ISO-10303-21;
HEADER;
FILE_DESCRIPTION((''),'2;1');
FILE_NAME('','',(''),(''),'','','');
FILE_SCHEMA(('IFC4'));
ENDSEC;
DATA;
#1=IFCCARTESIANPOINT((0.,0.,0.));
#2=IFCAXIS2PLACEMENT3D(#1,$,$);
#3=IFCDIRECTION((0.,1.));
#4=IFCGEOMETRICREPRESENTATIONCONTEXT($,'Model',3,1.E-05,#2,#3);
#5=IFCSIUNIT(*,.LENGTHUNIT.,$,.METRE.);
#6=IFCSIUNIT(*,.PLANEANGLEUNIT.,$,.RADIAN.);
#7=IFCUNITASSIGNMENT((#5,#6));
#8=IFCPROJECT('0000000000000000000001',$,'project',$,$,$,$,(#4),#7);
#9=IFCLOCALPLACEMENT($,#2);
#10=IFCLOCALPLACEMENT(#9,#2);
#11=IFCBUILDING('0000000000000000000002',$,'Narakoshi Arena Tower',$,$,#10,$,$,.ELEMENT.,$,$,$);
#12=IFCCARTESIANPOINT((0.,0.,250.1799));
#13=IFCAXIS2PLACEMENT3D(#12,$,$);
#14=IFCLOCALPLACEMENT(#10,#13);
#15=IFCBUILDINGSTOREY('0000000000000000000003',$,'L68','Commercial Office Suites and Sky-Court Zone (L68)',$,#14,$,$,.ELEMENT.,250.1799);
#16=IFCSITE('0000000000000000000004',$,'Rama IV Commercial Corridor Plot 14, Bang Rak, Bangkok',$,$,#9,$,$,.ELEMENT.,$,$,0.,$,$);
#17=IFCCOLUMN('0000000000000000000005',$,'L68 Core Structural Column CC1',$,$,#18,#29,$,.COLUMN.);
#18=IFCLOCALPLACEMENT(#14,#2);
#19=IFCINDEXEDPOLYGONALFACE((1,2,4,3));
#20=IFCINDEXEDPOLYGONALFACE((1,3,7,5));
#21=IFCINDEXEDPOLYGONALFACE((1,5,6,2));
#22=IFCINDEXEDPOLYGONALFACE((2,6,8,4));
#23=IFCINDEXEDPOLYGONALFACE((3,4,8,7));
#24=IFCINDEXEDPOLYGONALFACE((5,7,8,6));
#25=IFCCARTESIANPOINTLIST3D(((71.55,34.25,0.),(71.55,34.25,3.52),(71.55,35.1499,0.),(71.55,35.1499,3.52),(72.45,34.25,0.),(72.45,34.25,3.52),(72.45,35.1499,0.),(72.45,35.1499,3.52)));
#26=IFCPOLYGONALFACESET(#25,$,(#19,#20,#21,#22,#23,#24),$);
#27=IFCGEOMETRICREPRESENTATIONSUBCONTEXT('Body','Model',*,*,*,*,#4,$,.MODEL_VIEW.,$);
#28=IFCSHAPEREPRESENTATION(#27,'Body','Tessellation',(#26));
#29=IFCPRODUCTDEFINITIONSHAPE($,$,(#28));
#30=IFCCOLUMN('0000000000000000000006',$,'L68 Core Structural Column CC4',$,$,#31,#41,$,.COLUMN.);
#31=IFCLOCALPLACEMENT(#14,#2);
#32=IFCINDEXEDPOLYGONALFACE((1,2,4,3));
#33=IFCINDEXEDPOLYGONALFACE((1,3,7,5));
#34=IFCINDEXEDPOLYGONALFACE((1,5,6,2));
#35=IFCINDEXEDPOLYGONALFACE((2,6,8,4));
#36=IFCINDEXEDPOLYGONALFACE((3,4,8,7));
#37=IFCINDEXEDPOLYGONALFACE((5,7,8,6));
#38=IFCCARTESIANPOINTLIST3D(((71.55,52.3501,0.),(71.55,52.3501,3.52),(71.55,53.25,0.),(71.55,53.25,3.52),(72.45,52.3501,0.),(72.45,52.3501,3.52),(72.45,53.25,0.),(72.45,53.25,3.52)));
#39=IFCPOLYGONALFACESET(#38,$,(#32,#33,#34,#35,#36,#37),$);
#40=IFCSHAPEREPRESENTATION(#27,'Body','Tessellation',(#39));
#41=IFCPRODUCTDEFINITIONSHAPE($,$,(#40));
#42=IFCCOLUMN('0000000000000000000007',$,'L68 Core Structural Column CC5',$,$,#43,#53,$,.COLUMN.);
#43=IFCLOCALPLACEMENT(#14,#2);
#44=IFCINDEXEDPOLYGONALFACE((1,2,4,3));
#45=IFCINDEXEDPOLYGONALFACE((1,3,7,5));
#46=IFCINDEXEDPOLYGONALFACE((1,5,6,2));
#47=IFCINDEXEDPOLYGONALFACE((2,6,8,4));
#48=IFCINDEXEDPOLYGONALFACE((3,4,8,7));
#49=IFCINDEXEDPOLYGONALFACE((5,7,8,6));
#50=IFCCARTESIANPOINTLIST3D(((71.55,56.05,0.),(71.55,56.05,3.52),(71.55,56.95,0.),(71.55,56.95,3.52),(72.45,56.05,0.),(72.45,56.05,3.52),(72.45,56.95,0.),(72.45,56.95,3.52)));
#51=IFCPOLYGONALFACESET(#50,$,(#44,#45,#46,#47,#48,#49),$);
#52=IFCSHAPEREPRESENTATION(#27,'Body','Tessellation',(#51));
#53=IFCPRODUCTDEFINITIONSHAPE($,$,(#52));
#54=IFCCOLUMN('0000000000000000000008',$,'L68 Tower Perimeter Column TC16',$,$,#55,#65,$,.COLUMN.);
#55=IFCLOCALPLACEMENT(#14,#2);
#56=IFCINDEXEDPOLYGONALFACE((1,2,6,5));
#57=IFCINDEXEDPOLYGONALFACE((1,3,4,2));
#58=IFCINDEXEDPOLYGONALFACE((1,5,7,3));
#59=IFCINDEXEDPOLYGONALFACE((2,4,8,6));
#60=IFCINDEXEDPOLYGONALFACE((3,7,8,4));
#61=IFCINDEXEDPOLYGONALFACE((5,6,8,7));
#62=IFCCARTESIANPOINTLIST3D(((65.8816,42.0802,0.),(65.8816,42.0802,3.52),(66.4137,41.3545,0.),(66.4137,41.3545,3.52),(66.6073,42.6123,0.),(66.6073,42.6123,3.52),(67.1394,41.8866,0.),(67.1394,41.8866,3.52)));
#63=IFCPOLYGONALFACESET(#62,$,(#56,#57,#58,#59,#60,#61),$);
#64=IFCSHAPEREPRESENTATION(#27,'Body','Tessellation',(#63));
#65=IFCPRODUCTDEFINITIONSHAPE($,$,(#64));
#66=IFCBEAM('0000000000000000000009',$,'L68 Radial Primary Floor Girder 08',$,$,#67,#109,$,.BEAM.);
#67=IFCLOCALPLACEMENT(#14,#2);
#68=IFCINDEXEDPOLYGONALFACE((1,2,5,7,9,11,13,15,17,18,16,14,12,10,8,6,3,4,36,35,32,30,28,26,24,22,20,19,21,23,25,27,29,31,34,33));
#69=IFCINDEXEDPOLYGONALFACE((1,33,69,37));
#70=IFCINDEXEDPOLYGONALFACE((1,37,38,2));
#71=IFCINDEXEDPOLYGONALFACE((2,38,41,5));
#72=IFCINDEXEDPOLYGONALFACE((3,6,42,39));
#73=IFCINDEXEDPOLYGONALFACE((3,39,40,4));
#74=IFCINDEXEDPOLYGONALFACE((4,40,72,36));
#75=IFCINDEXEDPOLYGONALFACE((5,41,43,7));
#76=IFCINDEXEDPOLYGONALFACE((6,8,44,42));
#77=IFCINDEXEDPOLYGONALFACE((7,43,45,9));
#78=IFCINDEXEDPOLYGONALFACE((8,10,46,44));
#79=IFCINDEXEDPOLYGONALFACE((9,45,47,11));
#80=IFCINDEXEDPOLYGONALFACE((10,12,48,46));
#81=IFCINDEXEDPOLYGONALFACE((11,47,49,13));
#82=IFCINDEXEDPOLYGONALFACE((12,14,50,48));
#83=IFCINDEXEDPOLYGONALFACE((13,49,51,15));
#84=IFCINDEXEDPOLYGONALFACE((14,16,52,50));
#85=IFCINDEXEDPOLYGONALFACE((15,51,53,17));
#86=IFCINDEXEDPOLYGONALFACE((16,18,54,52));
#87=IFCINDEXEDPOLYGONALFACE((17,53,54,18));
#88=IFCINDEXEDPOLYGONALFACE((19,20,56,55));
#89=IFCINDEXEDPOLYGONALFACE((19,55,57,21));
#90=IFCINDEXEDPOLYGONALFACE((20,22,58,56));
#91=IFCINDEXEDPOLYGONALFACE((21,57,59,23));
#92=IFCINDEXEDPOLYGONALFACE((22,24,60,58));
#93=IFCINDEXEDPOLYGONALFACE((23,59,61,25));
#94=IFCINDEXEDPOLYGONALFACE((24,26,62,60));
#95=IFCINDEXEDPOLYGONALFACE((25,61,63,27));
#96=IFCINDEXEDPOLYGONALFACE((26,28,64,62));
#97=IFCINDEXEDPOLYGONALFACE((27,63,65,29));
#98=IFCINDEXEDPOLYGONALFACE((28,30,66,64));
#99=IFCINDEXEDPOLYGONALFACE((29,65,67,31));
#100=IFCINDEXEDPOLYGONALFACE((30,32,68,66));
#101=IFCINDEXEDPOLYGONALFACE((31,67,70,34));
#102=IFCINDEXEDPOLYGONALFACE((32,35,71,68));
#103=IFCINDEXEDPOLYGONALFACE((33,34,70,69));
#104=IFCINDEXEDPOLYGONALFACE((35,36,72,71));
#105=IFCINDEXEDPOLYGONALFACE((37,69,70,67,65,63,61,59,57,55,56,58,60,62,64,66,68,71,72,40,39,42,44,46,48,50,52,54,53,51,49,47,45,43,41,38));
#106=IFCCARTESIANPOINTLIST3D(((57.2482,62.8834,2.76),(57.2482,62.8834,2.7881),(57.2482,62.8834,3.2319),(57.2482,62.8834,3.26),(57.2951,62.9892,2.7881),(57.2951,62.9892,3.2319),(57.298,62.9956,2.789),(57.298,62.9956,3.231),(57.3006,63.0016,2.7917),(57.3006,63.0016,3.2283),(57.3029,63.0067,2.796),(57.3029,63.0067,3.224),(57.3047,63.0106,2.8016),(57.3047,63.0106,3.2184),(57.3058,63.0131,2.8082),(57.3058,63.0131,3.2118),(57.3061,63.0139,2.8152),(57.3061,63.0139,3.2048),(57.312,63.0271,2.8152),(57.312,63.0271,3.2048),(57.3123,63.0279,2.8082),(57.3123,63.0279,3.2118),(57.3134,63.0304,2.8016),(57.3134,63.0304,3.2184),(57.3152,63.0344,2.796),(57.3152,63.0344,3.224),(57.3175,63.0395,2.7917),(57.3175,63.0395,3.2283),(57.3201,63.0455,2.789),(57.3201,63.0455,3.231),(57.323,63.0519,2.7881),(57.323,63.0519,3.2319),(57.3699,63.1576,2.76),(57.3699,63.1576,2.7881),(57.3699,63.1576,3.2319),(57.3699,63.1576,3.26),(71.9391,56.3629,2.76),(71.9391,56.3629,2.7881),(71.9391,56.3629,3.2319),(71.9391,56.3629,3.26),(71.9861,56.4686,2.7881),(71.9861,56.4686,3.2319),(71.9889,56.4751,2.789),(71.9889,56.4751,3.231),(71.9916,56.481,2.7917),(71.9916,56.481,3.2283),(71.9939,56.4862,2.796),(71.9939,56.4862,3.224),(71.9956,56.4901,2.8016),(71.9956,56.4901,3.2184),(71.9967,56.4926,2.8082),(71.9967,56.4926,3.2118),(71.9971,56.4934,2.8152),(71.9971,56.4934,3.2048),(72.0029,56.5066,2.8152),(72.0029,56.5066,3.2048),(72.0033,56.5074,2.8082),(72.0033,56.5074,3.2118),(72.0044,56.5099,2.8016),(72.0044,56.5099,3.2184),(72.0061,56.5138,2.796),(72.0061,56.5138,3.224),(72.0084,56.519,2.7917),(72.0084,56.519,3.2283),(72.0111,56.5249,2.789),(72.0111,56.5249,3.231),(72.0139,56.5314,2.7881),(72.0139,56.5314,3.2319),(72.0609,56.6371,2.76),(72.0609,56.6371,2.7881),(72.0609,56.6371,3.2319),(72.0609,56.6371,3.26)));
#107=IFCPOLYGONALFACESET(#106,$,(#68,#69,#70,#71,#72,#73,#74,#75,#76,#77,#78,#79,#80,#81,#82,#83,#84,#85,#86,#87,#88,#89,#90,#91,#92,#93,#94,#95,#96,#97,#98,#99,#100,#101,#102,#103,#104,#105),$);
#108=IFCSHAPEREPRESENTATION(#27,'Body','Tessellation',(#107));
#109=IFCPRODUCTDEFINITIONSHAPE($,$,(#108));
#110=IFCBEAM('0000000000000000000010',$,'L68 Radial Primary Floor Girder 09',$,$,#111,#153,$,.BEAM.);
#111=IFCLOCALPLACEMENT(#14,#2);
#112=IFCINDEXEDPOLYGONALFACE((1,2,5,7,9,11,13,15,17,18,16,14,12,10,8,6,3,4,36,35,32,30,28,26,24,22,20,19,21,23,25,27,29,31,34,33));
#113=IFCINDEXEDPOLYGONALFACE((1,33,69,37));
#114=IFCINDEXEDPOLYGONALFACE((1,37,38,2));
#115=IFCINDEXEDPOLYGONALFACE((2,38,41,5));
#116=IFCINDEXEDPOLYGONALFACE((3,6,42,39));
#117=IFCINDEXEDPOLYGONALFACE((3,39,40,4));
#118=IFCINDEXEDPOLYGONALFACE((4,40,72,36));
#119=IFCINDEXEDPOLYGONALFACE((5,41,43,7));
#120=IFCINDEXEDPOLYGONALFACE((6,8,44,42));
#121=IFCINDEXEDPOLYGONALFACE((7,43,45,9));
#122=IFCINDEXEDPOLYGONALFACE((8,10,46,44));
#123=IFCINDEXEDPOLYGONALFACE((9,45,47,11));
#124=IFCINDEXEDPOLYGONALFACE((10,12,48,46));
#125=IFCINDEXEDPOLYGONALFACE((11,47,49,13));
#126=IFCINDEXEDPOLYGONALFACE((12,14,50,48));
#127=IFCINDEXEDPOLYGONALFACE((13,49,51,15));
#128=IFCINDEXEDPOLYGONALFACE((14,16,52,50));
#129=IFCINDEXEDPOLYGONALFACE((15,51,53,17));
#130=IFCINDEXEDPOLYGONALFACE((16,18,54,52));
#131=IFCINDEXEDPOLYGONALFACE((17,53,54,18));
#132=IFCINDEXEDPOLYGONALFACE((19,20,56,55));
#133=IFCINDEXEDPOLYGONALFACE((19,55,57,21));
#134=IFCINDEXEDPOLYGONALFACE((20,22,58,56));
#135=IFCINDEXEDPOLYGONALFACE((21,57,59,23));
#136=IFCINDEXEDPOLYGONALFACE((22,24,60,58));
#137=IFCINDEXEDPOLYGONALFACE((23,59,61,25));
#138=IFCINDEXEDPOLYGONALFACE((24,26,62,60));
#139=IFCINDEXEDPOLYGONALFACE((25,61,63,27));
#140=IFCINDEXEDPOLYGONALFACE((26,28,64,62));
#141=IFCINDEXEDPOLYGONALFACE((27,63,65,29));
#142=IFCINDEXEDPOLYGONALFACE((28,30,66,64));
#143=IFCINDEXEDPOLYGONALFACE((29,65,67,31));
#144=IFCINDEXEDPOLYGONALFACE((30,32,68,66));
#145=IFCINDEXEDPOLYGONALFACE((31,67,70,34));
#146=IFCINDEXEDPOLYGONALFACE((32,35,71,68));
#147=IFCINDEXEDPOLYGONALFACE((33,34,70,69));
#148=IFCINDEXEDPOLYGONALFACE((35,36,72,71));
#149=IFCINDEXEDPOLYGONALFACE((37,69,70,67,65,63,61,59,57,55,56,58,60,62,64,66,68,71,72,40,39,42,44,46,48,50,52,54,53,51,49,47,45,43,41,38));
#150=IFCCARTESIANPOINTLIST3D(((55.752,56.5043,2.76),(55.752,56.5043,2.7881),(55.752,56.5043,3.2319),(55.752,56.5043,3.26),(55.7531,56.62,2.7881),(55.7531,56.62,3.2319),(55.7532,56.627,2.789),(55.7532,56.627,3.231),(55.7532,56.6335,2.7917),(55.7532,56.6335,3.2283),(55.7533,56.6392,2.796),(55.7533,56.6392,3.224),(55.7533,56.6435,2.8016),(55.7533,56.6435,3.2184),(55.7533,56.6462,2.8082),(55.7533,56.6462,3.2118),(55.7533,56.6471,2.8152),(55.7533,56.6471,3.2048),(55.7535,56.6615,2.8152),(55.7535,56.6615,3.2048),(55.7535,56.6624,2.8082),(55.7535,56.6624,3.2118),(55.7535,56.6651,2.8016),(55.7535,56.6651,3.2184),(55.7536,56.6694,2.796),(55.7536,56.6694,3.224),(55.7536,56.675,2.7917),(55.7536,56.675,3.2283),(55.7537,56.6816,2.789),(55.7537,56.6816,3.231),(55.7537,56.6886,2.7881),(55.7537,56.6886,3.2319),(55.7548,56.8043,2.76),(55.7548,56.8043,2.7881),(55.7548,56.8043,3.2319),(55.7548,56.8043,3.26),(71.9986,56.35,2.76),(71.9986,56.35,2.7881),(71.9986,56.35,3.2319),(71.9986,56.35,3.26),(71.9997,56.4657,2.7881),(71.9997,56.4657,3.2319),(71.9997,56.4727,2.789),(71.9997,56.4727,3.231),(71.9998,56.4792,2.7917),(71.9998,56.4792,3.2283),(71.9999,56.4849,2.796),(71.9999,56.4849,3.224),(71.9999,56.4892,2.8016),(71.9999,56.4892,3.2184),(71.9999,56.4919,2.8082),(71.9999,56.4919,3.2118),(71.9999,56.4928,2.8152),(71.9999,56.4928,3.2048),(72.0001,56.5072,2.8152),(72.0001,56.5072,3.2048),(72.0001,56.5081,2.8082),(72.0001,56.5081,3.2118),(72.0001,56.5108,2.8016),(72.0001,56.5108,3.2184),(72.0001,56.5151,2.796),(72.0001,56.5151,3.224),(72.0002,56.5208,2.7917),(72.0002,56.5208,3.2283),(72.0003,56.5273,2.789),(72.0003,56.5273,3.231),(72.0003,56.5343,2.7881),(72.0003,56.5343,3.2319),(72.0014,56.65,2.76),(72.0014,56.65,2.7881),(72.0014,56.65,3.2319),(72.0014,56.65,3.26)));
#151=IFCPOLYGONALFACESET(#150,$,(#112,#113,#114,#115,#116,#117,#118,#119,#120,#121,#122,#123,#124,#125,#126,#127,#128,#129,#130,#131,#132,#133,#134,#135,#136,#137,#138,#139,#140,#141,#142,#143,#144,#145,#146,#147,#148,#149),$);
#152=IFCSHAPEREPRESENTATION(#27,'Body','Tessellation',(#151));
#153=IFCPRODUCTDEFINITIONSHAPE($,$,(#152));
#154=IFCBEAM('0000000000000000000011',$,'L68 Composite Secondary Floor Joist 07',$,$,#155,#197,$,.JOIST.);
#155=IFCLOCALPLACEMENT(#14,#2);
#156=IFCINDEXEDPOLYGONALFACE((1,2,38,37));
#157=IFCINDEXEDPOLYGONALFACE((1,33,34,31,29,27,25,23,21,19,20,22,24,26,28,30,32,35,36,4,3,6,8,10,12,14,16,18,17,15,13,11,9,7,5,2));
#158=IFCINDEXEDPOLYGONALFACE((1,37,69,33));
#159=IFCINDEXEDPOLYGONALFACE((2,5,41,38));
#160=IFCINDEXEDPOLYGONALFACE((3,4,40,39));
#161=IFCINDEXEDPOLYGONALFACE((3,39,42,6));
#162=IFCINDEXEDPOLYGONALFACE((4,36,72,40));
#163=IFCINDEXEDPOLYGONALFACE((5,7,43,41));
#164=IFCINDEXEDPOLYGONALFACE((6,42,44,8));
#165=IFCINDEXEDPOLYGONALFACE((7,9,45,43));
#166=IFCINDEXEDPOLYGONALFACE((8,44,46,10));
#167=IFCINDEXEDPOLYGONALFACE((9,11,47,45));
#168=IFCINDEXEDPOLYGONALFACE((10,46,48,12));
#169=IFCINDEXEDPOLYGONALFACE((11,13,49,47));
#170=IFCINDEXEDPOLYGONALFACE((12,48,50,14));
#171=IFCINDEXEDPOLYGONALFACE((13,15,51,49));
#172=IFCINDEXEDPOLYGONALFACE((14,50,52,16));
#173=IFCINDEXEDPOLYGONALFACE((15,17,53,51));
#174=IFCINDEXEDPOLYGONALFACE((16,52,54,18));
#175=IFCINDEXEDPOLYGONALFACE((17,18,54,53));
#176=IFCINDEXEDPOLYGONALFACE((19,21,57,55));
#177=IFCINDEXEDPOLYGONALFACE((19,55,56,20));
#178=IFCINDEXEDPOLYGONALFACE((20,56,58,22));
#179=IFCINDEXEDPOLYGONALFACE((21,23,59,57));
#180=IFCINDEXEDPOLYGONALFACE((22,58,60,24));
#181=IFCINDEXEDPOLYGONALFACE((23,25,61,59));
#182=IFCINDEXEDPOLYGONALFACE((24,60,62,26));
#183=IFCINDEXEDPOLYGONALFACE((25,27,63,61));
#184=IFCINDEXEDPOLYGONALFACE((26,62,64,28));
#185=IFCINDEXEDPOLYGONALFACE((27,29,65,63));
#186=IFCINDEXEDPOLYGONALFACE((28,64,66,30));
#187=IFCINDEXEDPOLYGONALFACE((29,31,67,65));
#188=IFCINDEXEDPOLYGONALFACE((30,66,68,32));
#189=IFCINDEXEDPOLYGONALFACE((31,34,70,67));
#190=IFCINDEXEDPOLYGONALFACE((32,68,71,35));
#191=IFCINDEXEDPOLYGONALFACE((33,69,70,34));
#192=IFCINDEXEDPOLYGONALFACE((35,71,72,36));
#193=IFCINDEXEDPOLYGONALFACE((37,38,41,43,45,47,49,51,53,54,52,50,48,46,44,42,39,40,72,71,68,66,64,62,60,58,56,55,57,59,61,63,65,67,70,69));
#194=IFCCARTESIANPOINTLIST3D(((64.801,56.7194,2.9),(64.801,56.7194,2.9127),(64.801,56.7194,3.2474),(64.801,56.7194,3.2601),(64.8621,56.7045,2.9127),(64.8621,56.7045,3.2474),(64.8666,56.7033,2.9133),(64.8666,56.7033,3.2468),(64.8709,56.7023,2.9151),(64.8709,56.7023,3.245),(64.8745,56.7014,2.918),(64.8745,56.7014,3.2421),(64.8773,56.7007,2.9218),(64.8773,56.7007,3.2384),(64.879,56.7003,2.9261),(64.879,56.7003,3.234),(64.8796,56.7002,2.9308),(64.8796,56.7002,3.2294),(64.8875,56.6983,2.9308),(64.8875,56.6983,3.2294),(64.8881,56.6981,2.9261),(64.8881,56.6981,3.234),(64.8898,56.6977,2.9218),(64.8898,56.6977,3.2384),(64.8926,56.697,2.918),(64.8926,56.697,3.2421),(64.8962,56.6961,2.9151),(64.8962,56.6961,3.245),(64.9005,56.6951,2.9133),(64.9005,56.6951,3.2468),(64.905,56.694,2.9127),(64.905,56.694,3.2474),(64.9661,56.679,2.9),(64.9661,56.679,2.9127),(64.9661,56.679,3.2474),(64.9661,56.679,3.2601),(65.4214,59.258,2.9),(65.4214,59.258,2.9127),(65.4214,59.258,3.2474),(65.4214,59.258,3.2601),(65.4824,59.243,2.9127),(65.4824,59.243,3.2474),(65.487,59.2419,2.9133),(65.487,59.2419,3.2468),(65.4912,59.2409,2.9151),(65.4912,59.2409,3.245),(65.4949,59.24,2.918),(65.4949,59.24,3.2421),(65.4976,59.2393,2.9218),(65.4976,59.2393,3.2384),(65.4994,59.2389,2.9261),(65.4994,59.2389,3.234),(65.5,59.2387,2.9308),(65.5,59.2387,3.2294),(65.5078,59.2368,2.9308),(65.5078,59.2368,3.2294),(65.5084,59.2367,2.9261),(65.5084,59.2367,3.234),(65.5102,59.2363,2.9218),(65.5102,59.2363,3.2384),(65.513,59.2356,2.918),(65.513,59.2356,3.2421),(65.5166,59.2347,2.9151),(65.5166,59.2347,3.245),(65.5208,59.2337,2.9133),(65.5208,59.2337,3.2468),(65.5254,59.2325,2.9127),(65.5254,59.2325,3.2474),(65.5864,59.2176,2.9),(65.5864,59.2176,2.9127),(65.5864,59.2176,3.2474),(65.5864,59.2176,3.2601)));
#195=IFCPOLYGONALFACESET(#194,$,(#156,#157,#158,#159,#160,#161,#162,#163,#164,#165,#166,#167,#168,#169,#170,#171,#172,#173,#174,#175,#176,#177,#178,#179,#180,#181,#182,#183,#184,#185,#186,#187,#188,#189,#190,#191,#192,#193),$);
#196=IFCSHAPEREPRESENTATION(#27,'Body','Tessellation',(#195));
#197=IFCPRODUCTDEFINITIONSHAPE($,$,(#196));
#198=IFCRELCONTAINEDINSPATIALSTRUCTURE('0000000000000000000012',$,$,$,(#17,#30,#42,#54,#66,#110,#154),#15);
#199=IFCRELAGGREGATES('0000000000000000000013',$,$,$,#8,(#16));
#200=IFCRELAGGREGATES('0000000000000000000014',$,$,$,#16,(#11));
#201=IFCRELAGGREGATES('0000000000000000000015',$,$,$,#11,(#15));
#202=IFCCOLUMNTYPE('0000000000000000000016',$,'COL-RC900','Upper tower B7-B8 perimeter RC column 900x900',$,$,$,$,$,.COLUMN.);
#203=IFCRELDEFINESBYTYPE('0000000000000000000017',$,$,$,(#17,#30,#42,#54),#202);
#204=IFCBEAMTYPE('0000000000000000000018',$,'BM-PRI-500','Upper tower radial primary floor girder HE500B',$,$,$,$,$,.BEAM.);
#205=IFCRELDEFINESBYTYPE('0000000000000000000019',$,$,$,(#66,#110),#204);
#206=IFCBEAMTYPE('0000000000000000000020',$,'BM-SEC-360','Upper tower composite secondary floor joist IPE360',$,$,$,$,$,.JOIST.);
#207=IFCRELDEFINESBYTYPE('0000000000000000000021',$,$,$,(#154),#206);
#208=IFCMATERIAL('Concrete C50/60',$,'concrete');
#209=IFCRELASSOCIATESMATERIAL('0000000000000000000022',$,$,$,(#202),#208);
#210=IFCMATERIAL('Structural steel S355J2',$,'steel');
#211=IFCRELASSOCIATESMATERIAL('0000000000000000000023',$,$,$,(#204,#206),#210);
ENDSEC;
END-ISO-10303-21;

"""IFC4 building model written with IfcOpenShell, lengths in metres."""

from ifc_helpers import new_model, si_unit, direction, frame, origin, origin_2d, place, context, subcontext, project, spatial, rectangle, i_section, extrude, material, material_profile, profile_set, type_object, element, save


model = new_model("IFC4")

# Units and contexts
model_context = context("Model", 3, precision=1e-05, world=origin(), true_north=direction((0.0, 1.0)))
body_context = subcontext(model_context, "Body", "Model", "MODEL_VIEW")
ifc_project = project(units=[si_unit("LENGTHUNIT", "METRE"), si_unit("PLANEANGLEUNIT", "RADIAN")], contexts=[model_context])

# Site, building, storey
site_placement = place(None, origin())
site = spatial("IfcSite", under=ifc_project, at=site_placement, Name="Rama IV Commercial Corridor Plot 14, Bang Rak, Bangkok", CompositionType="ELEMENT", RefElevation=0.0)
building_placement = place(site_placement, origin())
building = spatial("IfcBuilding", under=site, at=building_placement, Name="Narakoshi Arena Tower", CompositionType="ELEMENT")
storey_placement = place(building_placement, frame((0.0, 0.0, 250.1799)))
storey = spatial("IfcBuildingStorey", under=building, at=storey_placement, Name="L68", Description="Commercial Office Suites and Sky-Court Zone (L68)", CompositionType="ELEMENT", Elevation=250.1799)

# Columns
ifc_material_1 = material(Name="Concrete C50/60", Category="concrete")
ifc_material_profile_1 = material_profile(ifc_material_1, rectangle(XDim=0.8999, YDim=0.8999, at=origin_2d()), Name="RC900x900")
ifc_profile_set_1 = profile_set([ifc_material_profile_1], Name="Concrete C50/60")
column_type = type_object("IfcColumnType", Name="COL-RC900", Description="Upper tower B7-B8 perimeter RC column 900x900", PredefinedType="COLUMN", material=ifc_profile_set_1)
for number, where, z_axis, x_axis, name in (
    (1, (72.0, 34.7, 0.0), (0.0, 0.0, 1.0), (1.0, 0.0, 0.0), "L68 Core Structural Column CC1"),
    (2, (72.0, 52.8, 0.0), (0.0, 0.0, 1.0), (1.0, 0.0, 0.0), "L68 Core Structural Column CC4"),
    (3, (72.0, 56.5, 0.0), (0.0, 0.0, 1.0), (1.0, 0.0, 0.0), "L68 Core Structural Column CC5"),
    (4, (66.5105, 41.9834, 0.0), (0.0, 0.0, 1.0), (-0.59131, 0.806445, 0.0), "L68 Tower Perimeter Column TC16"),
):
    element("IfcColumn", number, at=place(storey_placement, frame(where, z_axis=z_axis, x_axis=x_axis)), inside=storey, type_object=column_type, Name=name, PredefinedType="COLUMN", context=body_context, shape_type="SweptSolid", body=[
        extrude(rectangle(XDim=0.8999, YDim=0.8999, at=origin_2d()), origin(), (0.0, 0.0, 1.0), 3.52),
    ])

# Beams
ifc_material_2 = material(Name="Structural steel S355J2", Category="steel")
ifc_material_profile_2 = material_profile(ifc_material_2, i_section(OverallWidth=0.3, OverallDepth=0.5, WebThickness=0.0144, FlangeThickness=0.0281, FilletRadius=0.0271, at=origin_2d()), Name="HE500B")
ifc_profile_set_2 = profile_set([ifc_material_profile_2], Name="Structural steel S355J2")
beam_type_1 = type_object("IfcBeamType", Name="BM-PRI-500", Description="Upper tower radial primary floor girder HE500B", PredefinedType="BEAM", material=ifc_profile_set_2)
beam_1_placement = place(storey_placement, frame((72.0, 56.5, 3.01), z_axis=(-0.914014, 0.405682, 0.0), x_axis=(-0.405682, -0.914014, 0.0)))
element("IfcBeam", 5, at=beam_1_placement, inside=storey, type_object=beam_type_1, Name="L68 Radial Primary Floor Girder 08", PredefinedType="BEAM", context=body_context, shape_type="SweptSolid", body=[
    extrude(i_section(OverallWidth=0.3, OverallDepth=0.5, WebThickness=0.0144, FlangeThickness=0.0281, FilletRadius=0.0271, at=origin_2d()), origin(), (0.0, 0.0, 1.0), 16.073),
])
beam_2_placement = place(storey_placement, frame((72.0, 56.5, 3.01), z_axis=(-0.999955, 0.009497, 0.0), x_axis=(-0.009497, -0.999955, 0.0)))
element("IfcBeam", 6, at=beam_2_placement, inside=storey, type_object=beam_type_1, Name="L68 Radial Primary Floor Girder 09", PredefinedType="BEAM", context=body_context, shape_type="SweptSolid", body=[
    extrude(i_section(OverallWidth=0.3, OverallDepth=0.5, WebThickness=0.0144, FlangeThickness=0.0281, FilletRadius=0.0271, at=origin_2d()), origin(), (0.0, 0.0, 1.0), 16.2473),
])
ifc_material_profile_3 = material_profile(ifc_material_2, i_section(OverallWidth=0.1699, OverallDepth=0.3601, WebThickness=0.0081, FlangeThickness=0.0127, FilletRadius=0.0181, at=origin_2d()), Name="IPE360")
ifc_profile_set_3 = profile_set([ifc_material_profile_3], Name="Structural steel S355J2")
beam_type_2 = type_object("IfcBeamType", Name="BM-SEC-360", Description="Upper tower composite secondary floor joist IPE360", PredefinedType="JOIST", material=ifc_profile_set_3)
beam_3_placement = place(storey_placement, frame((65.5039, 59.2378, 3.0801), z_axis=(-0.237388, -0.971415, 0.0), x_axis=(0.971415, -0.237388, 0.0)))
element("IfcBeam", 7, at=beam_3_placement, inside=storey, type_object=beam_type_2, Name="L68 Composite Secondary Floor Joist 07", PredefinedType="JOIST", context=body_context, shape_type="SweptSolid", body=[
    extrude(i_section(OverallWidth=0.1699, OverallDepth=0.3601, WebThickness=0.0081, FlangeThickness=0.0127, FilletRadius=0.0181, at=origin_2d()), origin(), (0.0, 0.0, 1.0), 2.6133),
])

save(model, "model.ifc")
